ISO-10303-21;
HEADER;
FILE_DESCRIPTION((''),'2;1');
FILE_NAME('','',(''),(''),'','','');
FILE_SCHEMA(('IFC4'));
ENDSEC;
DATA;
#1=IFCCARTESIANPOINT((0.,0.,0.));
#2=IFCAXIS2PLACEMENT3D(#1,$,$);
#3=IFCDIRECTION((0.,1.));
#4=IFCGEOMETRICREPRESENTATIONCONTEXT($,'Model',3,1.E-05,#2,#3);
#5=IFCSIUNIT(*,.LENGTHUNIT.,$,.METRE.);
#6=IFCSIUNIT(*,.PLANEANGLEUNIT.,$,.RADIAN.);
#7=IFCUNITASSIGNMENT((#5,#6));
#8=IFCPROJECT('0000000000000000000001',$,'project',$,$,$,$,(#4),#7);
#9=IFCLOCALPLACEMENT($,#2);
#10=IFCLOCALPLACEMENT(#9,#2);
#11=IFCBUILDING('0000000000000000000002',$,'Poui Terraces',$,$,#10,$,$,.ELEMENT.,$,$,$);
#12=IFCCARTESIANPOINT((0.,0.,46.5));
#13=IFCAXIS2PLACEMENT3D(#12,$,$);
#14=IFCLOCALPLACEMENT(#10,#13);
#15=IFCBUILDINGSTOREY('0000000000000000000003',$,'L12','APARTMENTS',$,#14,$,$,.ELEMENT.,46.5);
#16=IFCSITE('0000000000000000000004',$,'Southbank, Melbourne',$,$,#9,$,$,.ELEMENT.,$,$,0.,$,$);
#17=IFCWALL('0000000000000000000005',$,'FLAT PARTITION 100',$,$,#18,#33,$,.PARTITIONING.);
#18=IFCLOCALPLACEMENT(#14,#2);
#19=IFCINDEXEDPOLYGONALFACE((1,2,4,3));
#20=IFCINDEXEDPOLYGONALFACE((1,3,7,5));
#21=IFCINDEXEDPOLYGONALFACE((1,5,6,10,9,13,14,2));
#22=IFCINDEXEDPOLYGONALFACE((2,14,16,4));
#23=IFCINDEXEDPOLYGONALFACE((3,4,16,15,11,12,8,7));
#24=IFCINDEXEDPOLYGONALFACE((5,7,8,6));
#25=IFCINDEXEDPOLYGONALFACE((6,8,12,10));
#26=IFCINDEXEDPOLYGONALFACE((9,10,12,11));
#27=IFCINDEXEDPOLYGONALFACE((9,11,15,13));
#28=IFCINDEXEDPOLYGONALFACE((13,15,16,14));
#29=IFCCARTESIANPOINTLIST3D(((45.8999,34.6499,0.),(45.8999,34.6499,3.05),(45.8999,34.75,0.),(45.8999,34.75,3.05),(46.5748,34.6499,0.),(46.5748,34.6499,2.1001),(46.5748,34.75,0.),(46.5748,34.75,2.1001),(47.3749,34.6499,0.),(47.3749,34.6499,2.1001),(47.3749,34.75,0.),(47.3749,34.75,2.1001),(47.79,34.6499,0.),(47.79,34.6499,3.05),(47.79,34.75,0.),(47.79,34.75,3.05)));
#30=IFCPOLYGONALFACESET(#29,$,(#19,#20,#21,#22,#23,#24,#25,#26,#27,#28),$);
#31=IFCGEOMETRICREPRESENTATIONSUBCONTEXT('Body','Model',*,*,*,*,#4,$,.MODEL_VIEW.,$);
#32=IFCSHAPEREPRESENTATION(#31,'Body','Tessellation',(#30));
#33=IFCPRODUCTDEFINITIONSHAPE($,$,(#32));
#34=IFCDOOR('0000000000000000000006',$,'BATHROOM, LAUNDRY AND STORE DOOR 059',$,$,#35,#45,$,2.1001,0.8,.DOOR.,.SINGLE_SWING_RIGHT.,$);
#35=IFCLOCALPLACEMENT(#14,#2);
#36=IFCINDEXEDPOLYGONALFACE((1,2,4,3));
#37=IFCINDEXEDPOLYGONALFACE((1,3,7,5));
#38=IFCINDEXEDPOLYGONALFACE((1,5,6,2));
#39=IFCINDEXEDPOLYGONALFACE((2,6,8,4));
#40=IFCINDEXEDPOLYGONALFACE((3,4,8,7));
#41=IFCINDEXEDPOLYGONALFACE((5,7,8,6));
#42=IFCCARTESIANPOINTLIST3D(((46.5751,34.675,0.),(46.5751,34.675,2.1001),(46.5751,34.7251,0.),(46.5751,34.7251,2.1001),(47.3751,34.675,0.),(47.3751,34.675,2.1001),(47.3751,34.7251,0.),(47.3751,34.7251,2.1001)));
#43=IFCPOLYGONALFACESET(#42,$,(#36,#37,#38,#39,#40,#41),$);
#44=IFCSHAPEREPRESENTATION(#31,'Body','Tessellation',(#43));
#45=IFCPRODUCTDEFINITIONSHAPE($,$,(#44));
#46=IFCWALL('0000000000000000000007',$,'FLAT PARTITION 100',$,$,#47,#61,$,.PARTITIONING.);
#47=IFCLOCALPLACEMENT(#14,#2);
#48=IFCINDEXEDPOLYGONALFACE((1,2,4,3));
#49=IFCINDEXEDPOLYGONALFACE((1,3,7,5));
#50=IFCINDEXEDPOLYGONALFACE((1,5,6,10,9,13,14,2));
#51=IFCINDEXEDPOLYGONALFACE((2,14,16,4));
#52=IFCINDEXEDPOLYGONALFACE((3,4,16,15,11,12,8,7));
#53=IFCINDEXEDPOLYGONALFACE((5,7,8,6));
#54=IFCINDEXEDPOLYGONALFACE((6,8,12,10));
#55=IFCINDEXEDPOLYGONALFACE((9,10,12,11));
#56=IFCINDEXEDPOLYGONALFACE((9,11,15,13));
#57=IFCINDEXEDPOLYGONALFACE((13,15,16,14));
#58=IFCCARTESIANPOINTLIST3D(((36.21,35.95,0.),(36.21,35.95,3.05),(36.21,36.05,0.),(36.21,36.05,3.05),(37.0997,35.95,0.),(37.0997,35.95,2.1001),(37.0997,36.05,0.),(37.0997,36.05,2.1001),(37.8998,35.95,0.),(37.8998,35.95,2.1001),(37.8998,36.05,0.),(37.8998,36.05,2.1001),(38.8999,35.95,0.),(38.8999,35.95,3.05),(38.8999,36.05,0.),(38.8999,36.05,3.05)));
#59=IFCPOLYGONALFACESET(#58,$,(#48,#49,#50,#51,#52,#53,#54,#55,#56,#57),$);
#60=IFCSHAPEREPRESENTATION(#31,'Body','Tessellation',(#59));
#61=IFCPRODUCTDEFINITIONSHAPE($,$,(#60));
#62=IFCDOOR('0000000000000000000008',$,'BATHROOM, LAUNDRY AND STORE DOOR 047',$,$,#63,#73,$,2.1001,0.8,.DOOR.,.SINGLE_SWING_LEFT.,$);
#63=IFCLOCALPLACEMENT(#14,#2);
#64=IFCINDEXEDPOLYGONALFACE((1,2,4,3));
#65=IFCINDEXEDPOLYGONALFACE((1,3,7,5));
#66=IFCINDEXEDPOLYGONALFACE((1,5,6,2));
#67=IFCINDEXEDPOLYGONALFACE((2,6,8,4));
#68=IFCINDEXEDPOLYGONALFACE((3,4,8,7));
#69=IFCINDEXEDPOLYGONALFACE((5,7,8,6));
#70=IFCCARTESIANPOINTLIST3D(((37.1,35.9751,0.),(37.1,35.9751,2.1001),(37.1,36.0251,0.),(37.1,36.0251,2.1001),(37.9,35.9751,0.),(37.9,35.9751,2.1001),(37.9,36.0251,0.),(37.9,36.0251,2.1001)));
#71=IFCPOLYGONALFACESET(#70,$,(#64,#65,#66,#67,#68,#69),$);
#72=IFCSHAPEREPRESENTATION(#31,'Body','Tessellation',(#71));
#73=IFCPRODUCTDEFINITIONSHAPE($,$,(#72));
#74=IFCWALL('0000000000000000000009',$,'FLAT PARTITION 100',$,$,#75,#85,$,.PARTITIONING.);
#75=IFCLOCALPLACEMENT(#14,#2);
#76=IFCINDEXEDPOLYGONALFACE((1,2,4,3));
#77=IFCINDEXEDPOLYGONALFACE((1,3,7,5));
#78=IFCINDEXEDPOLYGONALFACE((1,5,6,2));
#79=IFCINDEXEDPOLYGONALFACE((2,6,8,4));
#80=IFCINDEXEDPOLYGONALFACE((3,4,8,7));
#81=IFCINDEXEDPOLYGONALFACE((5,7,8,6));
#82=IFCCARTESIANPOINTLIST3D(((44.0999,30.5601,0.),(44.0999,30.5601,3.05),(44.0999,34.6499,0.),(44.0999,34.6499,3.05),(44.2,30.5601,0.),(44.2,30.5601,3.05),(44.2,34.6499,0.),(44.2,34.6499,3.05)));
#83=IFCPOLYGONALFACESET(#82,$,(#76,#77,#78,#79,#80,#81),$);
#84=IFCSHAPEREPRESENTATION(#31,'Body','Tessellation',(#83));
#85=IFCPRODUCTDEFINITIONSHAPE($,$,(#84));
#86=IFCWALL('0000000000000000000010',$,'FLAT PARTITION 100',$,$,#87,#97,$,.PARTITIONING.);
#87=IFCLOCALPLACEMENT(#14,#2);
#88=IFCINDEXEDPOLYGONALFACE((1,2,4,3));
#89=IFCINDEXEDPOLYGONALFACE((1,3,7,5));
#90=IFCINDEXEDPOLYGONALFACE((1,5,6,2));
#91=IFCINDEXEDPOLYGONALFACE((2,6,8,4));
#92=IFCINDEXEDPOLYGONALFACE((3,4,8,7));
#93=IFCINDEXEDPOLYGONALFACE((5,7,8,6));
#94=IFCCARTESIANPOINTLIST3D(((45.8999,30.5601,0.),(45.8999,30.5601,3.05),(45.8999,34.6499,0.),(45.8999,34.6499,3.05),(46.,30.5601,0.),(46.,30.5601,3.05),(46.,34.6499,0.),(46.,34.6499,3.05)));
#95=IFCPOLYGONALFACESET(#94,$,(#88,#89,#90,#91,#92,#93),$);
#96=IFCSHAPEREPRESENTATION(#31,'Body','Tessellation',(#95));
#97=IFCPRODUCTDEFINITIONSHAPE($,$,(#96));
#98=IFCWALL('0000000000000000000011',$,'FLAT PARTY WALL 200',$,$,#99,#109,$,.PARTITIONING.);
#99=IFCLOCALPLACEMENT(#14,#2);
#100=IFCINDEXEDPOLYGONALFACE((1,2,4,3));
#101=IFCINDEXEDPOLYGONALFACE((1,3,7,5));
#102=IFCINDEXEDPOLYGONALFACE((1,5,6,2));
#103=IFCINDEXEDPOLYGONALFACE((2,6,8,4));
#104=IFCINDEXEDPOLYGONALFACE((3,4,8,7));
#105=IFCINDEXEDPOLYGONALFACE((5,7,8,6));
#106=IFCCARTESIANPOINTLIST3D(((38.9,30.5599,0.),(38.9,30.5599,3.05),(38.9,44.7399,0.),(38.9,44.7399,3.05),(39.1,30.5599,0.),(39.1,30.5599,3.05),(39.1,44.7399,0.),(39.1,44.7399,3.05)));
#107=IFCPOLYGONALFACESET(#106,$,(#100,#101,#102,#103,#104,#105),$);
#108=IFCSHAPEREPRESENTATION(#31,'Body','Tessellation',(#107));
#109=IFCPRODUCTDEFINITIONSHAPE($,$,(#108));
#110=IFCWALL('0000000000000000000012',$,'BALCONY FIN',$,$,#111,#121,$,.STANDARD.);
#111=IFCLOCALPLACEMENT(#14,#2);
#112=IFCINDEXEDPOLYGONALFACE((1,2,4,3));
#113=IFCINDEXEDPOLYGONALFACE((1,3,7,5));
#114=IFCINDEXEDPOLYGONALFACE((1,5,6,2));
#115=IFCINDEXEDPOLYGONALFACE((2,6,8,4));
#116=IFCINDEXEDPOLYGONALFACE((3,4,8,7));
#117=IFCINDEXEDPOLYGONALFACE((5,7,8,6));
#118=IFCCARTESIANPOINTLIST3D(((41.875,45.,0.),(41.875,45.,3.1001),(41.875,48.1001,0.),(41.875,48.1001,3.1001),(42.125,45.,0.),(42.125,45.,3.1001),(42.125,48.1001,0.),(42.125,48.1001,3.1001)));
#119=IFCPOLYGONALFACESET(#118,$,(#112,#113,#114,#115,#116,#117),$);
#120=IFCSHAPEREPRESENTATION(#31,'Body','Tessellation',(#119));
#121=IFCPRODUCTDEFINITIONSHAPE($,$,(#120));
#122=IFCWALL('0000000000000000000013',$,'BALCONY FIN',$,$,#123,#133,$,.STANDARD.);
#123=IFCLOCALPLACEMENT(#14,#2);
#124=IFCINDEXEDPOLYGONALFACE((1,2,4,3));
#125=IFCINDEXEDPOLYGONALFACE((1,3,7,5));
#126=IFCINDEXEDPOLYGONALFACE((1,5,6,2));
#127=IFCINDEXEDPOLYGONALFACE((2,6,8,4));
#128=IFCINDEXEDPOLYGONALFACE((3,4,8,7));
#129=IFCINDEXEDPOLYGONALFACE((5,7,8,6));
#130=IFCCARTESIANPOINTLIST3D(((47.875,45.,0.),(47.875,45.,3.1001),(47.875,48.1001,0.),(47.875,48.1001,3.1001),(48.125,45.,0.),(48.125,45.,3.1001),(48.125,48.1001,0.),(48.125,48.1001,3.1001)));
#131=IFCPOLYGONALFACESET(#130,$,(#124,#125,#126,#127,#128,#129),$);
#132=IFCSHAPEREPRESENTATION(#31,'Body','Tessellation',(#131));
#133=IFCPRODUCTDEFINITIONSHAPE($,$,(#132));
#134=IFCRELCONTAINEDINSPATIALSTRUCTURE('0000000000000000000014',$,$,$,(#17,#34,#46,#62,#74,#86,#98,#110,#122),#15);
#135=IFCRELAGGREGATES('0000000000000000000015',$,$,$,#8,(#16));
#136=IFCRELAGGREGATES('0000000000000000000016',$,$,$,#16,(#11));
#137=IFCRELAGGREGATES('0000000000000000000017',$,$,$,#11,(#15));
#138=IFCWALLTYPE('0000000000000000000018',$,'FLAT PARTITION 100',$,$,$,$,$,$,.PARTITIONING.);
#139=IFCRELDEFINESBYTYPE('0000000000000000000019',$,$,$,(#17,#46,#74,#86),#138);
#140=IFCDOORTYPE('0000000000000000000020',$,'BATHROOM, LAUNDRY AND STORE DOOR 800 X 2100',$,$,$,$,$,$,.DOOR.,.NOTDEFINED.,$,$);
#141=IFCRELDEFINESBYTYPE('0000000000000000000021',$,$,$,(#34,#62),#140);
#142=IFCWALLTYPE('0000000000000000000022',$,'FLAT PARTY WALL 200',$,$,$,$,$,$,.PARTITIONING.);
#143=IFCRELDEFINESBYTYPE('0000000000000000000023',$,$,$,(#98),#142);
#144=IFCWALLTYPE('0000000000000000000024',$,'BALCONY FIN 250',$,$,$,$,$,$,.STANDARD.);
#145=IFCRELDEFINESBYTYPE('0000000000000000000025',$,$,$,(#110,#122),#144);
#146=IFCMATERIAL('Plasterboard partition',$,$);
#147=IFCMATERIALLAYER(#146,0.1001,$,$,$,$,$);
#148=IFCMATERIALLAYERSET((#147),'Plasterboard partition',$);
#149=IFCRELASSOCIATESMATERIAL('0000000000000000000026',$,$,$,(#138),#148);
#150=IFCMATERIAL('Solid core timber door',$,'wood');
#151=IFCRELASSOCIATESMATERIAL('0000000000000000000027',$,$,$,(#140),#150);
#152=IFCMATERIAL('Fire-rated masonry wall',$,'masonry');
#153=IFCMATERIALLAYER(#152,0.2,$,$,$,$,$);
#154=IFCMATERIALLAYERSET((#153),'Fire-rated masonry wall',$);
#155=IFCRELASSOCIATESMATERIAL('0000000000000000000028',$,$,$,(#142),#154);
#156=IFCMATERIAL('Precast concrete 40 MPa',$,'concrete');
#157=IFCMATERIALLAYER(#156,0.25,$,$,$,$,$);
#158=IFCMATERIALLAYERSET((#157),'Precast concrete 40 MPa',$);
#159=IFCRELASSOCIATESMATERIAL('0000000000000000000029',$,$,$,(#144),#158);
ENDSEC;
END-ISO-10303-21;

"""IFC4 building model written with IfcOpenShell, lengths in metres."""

from ifc_helpers import new_model, si_unit, direction, frame, frame_2d, origin, place, context, subcontext, project, spatial, polyline, rectangle, outline, extrude, source, transform, mapped, material, layer, layer_set, type_object, element, fill, save


model = new_model("IFC4")

# Units and contexts
model_context = context("Model", 3, precision=1e-05, world=origin(), true_north=direction((0.0, 1.0)))
body_context = subcontext(model_context, "Body", "Model", "MODEL_VIEW")
ifc_project = project(units=[si_unit("LENGTHUNIT", "METRE"), si_unit("PLANEANGLEUNIT", "RADIAN")], contexts=[model_context])

# Site, building, storey
site_placement = place(None, origin())
site = spatial("IfcSite", under=ifc_project, at=site_placement, Name="Southbank, Melbourne", CompositionType="ELEMENT", RefElevation=0.0)
building_placement = place(site_placement, origin())
building = spatial("IfcBuilding", under=site, at=building_placement, Name="Poui Terraces", CompositionType="ELEMENT")
storey_placement = place(building_placement, frame((0.0, 0.0, 46.5)))
storey = spatial("IfcBuildingStorey", under=building, at=storey_placement, Name="L12", Description="APARTMENTS", CompositionType="ELEMENT", Elevation=46.5)

# Walls, openings, doors
ifc_material_1 = material(Name="Solid core timber door", Category="wood")
ifc_material_2 = material(Name="Plasterboard partition")
ifc_layer_1 = layer(ifc_material_2, 0.1001)
ifc_layer_set_1 = layer_set([ifc_layer_1], Name="Plasterboard partition")
wall_type_1 = type_object("IfcWallType", Name="FLAT PARTITION 100", PredefinedType="PARTITIONING", material=ifc_layer_set_1)
door_type_1 = type_object("IfcDoorType", Name="BATHROOM, LAUNDRY AND STORE DOOR 800 X 2100", OperationType="NOTDEFINED", PredefinedType="DOOR", material=ifc_material_1)
wall_1_placement = place(storey_placement, frame((45.8999, 34.7, 0.0), z_axis=(0.0, 0.0, 1.0), x_axis=(1.0, 0.0, 0.0)))
wall_1 = element("IfcWall", 1, at=wall_1_placement, inside=storey, type_object=wall_type_1, Name="FLAT PARTITION 100", PredefinedType="PARTITIONING", context=body_context, shape_type="SweptSolid", body=[
    extrude(rectangle(XDim=1.8901, YDim=0.1001, at=frame_2d((0.9451, 0.0))), origin(), (0.0, 0.0, 1.0), 3.05),
])
opening_1_placement = place(wall_1_placement, frame((0.675, 0.0, 0.0)))
opening_1 = element("IfcOpeningElement", 2, at=opening_1_placement, cuts=wall_1, PredefinedType="OPENING", context=body_context, shape_type="SweptSolid", body=[
    extrude(rectangle(XDim=0.8, YDim=2.1001, at=frame_2d((0.3999, 1.05))), frame((0.0, 0.0601, 0.0), z_axis=(0.0, -1.0, 0.0), x_axis=(1.0, 0.0, 0.0)), (0.0, 0.0, 1.0), 0.1201),
])
door_1_placement = place(opening_1_placement, frame((0.8, 0.0, 0.0), z_axis=(0.0, 0.0, 1.0), x_axis=(-1.0, 0.0, 0.0)))
door_1 = element("IfcDoor", 3, at=door_1_placement, inside=storey, type_object=door_type_1, Name="BATHROOM, LAUNDRY AND STORE DOOR 059", OperationType="SINGLE_SWING_RIGHT", OverallHeight=2.1001, OverallWidth=0.8, PredefinedType="DOOR", context=body_context, shape_type="SweptSolid", body=[
    extrude(rectangle(XDim=0.8, YDim=2.1001, at=frame_2d((0.3999, 1.05))), frame((0.0, 0.0249, 0.0), z_axis=(0.0, -1.0, 0.0), x_axis=(1.0, 0.0, 0.0)), (0.0, 0.0, 1.0), 0.05),
])
fill(opening_1, door_1)
wall_2_placement = place(storey_placement, frame((36.21, 36.0, 0.0), z_axis=(0.0, 0.0, 1.0), x_axis=(1.0, 0.0, 0.0)))
wall_2 = element("IfcWall", 4, at=wall_2_placement, inside=storey, type_object=wall_type_1, Name="FLAT PARTITION 100", PredefinedType="PARTITIONING", context=body_context, shape_type="SweptSolid", body=[
    extrude(rectangle(XDim=2.6899, YDim=0.1001, at=frame_2d((1.345, 0.0))), origin(), (0.0, 0.0, 1.0), 3.05),
])
opening_2_placement = place(wall_2_placement, frame((0.8899, 0.0, 0.0)))
opening_2 = element("IfcOpeningElement", 5, at=opening_2_placement, cuts=wall_2, PredefinedType="OPENING", context=body_context, shape_type="SweptSolid", body=[
    extrude(rectangle(XDim=0.8, YDim=2.1001, at=frame_2d((0.3999, 1.05))), frame((0.0, 0.0601, 0.0), z_axis=(0.0, -1.0, 0.0), x_axis=(1.0, 0.0, 0.0)), (0.0, 0.0, 1.0), 0.1201),
])
door_2_placement = place(opening_2_placement, frame((0.8, 0.0, 0.0), z_axis=(0.0, 0.0, 1.0), x_axis=(-1.0, 0.0, 0.0)))
door_2 = element("IfcDoor", 6, at=door_2_placement, inside=storey, type_object=door_type_1, Name="BATHROOM, LAUNDRY AND STORE DOOR 047", OperationType="SINGLE_SWING_LEFT", OverallHeight=2.1001, OverallWidth=0.8, PredefinedType="DOOR", context=body_context, shape_type="SweptSolid", body=[
    extrude(rectangle(XDim=0.8, YDim=2.1001, at=frame_2d((0.3999, 1.05))), frame((0.0, 0.0249, 0.0), z_axis=(0.0, -1.0, 0.0), x_axis=(1.0, 0.0, 0.0)), (0.0, 0.0, 1.0), 0.05),
])
fill(opening_2, door_2)

# Walls
for number, where, z_axis, x_axis, name in (
    (7, (44.1499, 30.5601, 0.0), (0.0, 0.0, 1.0), (0.0, 1.0, 0.0), "FLAT PARTITION 100"),
    (8, (45.95, 30.5601, 0.0), (0.0, 0.0, 1.0), (0.0, 1.0, 0.0), "FLAT PARTITION 100"),
):
    element("IfcWall", number, at=place(storey_placement, frame(where, z_axis=z_axis, x_axis=x_axis)), inside=storey, type_object=wall_type_1, Name=name, PredefinedType="PARTITIONING", context=body_context, shape_type="SweptSolid", body=[
        extrude(rectangle(XDim=4.0898, YDim=0.1001, at=frame_2d((2.0449, 0.0))), origin(), (0.0, 0.0, 1.0), 3.05),
    ])
ifc_material_3 = material(Name="Fire-rated masonry wall", Category="masonry")
ifc_layer_2 = layer(ifc_material_3, 0.2)
ifc_layer_set_2 = layer_set([ifc_layer_2], Name="Fire-rated masonry wall")
wall_type_2 = type_object("IfcWallType", Name="FLAT PARTY WALL 200", PredefinedType="PARTITIONING", material=ifc_layer_set_2)
wall_3_placement = place(storey_placement, frame((39.0, 30.5601, 0.0), z_axis=(0.0, 0.0, 1.0), x_axis=(0.0, 1.0, 0.0)))
element("IfcWall", 9, at=wall_3_placement, inside=storey, type_object=wall_type_2, Name="FLAT PARTY WALL 200", PredefinedType="PARTITIONING", context=body_context, shape_type="SweptSolid", body=[
    extrude(rectangle(XDim=14.1799, YDim=0.2, at=frame_2d((7.0898, 0.0))), origin(), (0.0, 0.0, 1.0), 3.05),
])
ifc_material_4 = material(Name="Precast concrete 40 MPa", Category="concrete")
ifc_layer_3 = layer(ifc_material_4, 0.25)
ifc_layer_set_3 = layer_set([ifc_layer_3], Name="Precast concrete 40 MPa")
wall_type_3 = type_object("IfcWallType", Name="BALCONY FIN 250", PredefinedType="STANDARD", material=ifc_layer_set_3)
shared_shape_1 = source(origin(), body_context, "Body", "SweptSolid", [
    extrude(outline(polyline([(0.0, 0.0), (0.25, 0.0), (0.25, 3.1001), (0.0, 3.1001), (0.0, 0.0)])), origin(), (0.0, 0.0, 1.0), 3.1001),
])
for number, where, name in (
    (10, (41.875, 45.0, 0.0), "BALCONY FIN"),
    (11, (47.875, 45.0, 0.0), "BALCONY FIN"),
):
    element("IfcWall", number, at=place(storey_placement, frame(where)), inside=storey, type_object=wall_type_3, Name=name, PredefinedType="STANDARD", context=body_context, shape_type="MappedRepresentation", body=[
        mapped(shared_shape_1, transform((0.0, 0.0, 0.0))),
    ])

save(model, "model.ifc")
